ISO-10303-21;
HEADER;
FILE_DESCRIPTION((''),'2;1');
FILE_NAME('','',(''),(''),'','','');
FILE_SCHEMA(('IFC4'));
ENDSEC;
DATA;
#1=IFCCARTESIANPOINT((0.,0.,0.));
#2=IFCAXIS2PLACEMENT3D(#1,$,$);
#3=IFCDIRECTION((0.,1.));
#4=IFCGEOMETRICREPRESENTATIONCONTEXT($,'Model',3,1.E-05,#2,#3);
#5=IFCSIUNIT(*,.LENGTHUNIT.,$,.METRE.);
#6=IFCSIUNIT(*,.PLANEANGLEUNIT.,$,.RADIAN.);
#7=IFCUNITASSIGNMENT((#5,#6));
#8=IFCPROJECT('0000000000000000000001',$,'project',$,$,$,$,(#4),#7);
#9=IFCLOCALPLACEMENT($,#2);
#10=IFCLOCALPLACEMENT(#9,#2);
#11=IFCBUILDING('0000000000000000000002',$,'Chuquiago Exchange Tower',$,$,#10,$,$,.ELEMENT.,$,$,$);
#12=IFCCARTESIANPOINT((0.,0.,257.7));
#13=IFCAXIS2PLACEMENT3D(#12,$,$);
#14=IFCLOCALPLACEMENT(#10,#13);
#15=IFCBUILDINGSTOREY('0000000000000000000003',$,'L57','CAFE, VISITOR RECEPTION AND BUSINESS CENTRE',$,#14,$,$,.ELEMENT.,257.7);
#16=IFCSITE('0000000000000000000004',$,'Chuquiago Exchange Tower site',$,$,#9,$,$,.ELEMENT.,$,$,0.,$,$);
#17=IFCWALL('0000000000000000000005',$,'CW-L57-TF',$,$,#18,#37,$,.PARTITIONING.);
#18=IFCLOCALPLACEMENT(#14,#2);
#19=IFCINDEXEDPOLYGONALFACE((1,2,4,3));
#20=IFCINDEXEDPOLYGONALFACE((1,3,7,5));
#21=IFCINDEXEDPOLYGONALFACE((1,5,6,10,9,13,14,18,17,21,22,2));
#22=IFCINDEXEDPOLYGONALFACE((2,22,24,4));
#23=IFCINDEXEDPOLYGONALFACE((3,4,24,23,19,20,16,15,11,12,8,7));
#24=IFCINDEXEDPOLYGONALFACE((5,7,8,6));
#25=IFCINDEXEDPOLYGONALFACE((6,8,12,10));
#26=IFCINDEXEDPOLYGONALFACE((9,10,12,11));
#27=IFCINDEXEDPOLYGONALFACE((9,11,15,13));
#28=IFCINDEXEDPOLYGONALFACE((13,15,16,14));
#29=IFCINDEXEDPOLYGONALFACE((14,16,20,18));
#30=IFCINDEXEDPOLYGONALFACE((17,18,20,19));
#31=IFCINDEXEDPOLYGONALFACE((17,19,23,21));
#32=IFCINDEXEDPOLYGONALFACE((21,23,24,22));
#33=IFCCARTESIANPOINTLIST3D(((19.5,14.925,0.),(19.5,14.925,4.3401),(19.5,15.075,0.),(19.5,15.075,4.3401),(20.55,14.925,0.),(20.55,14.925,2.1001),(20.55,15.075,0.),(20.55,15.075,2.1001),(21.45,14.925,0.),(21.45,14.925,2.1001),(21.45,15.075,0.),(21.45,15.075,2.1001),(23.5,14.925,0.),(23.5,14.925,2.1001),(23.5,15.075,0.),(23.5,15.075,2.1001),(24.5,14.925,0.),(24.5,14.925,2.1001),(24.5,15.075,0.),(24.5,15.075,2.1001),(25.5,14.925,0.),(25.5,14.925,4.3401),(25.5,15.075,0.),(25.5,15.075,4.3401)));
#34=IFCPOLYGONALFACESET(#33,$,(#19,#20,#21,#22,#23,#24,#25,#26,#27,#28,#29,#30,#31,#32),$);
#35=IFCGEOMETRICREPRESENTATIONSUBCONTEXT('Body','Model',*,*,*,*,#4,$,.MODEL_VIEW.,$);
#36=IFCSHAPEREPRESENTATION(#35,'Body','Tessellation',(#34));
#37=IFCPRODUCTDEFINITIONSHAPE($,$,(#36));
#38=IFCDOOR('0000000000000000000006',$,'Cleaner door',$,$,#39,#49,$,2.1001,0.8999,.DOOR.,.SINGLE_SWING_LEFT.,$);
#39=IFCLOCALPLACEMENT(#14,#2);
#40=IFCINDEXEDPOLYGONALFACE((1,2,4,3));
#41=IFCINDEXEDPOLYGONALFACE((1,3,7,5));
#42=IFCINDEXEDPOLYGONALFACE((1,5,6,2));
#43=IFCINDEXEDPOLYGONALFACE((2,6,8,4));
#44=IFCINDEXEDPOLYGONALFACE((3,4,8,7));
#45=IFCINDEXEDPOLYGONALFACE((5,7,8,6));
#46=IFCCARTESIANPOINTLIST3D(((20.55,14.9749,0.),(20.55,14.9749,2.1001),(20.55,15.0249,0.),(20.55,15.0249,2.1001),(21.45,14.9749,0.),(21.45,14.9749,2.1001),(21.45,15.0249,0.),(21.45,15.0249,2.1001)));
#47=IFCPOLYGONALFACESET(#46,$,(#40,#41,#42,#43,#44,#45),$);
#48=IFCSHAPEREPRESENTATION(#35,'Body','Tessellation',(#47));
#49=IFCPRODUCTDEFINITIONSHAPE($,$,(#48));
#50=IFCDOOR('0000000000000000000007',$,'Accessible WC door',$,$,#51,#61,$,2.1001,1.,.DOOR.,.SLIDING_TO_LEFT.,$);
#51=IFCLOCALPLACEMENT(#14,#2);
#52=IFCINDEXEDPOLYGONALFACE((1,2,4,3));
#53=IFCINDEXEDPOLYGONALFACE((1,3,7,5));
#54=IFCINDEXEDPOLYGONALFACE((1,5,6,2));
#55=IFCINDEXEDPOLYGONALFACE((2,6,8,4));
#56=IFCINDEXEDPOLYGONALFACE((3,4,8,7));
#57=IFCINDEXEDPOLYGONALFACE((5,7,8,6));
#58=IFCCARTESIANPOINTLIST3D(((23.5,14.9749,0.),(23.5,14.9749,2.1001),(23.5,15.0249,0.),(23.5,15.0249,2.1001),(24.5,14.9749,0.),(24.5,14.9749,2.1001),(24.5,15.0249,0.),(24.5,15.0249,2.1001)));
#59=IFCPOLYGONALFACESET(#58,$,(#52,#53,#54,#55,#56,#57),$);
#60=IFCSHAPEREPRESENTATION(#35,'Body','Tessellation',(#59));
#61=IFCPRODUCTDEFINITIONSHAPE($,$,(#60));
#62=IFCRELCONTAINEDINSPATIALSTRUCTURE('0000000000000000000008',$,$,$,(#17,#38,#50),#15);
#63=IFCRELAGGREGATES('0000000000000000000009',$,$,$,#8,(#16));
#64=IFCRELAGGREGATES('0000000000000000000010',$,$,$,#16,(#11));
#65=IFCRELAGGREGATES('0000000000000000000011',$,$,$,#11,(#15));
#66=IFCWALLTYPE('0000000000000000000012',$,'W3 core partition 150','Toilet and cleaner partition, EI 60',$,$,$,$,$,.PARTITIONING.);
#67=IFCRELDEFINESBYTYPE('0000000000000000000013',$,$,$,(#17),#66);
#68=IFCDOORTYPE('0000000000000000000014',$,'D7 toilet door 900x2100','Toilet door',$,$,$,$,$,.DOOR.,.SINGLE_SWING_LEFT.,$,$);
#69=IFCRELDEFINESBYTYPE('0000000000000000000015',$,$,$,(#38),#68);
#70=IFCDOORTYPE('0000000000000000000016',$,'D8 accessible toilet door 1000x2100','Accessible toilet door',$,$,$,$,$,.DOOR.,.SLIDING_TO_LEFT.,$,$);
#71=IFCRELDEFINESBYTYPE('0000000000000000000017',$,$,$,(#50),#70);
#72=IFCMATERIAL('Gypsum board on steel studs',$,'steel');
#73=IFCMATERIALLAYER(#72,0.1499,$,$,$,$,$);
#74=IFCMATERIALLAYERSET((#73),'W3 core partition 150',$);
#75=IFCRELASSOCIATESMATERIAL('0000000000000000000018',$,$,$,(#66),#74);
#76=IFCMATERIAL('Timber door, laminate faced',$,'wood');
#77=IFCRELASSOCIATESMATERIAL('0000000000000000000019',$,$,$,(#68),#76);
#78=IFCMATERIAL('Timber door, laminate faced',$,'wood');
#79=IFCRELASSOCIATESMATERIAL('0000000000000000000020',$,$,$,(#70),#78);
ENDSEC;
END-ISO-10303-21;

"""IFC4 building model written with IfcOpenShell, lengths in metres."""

from ifc_helpers import new_model, si_unit, direction, frame, frame_2d, origin, place, context, subcontext, project, spatial, rectangle, extrude, material, layer, layer_set, type_object, element, fill, save


model = new_model("IFC4")

# Units and contexts
model_context = context("Model", 3, precision=1e-05, world=origin(), true_north=direction((0.0, 1.0)))
body_context = subcontext(model_context, "Body", "Model", "MODEL_VIEW")
ifc_project = project(units=[si_unit("LENGTHUNIT", "METRE"), si_unit("PLANEANGLEUNIT", "RADIAN")], contexts=[model_context])

# Site, building, storey
site_placement = place(None, origin())
site = spatial("IfcSite", under=ifc_project, at=site_placement, Name="Chuquiago Exchange Tower site", CompositionType="ELEMENT", RefElevation=0.0)
building_placement = place(site_placement, origin())
building = spatial("IfcBuilding", under=site, at=building_placement, Name="Chuquiago Exchange Tower", CompositionType="ELEMENT")
storey_placement = place(building_placement, frame((0.0, 0.0, 257.7)))
storey = spatial("IfcBuildingStorey", under=building, at=storey_placement, Name="L57", Description="CAFE, VISITOR RECEPTION AND BUSINESS CENTRE", CompositionType="ELEMENT", Elevation=257.7)

# Wall, openings, doors
ifc_material_1 = material(Name="Gypsum board on steel studs", Category="steel")
ifc_layer_1 = layer(ifc_material_1, 0.1499)
ifc_layer_set_1 = layer_set([ifc_layer_1], Name="W3 core partition 150")
wall_type_1 = type_object("IfcWallType", Name="W3 core partition 150", Description="Toilet and cleaner partition, EI 60", PredefinedType="PARTITIONING", material=ifc_layer_set_1)
wall_1_placement = place(storey_placement, frame((19.5, 15.0, 0.0), z_axis=(0.0, 0.0, 1.0), x_axis=(1.0, 0.0, 0.0)))
wall_1 = element("IfcWall", 1, at=wall_1_placement, inside=storey, type_object=wall_type_1, Name="CW-L57-TF", PredefinedType="PARTITIONING", context=body_context, shape_type="SweptSolid", body=[
    extrude(rectangle(XDim=6.0, YDim=0.1499, at=frame_2d((3.0, 0.0))), origin(), (0.0, 0.0, 1.0), 4.3401),
])
opening_1_placement = place(wall_1_placement, frame((4.0, 0.0, 0.0)))
opening_1 = element("IfcOpeningElement", 2, at=opening_1_placement, cuts=wall_1, PredefinedType="OPENING", context=body_context, shape_type="SweptSolid", body=[
    extrude(rectangle(XDim=1.0, YDim=2.1001, at=frame_2d((0.5, 1.05))), frame((0.0, 0.085, 0.0), z_axis=(0.0, -1.0, 0.0), x_axis=(1.0, 0.0, 0.0)), (0.0, 0.0, 1.0), 0.1699),
])
opening_2_placement = place(wall_1_placement, frame((1.05, 0.0, 0.0)))
opening_2 = element("IfcOpeningElement", 3, at=opening_2_placement, cuts=wall_1, PredefinedType="OPENING", context=body_context, shape_type="SweptSolid", body=[
    extrude(rectangle(XDim=0.8999, YDim=2.1001, at=frame_2d((0.45, 1.05))), frame((0.0, 0.085, 0.0), z_axis=(0.0, -1.0, 0.0), x_axis=(1.0, 0.0, 0.0)), (0.0, 0.0, 1.0), 0.1699),
])
ifc_material_2 = material(Name="Timber door, laminate faced", Category="wood")
door_type_1 = type_object("IfcDoorType", Name="D7 toilet door 900x2100", Description="Toilet door", OperationType="SINGLE_SWING_LEFT", PredefinedType="DOOR", material=ifc_material_2)
door_1_placement = place(opening_2_placement, origin())
door_1 = element("IfcDoor", 4, at=door_1_placement, inside=storey, type_object=door_type_1, Name="Cleaner door", OperationType="SINGLE_SWING_LEFT", OverallHeight=2.1001, OverallWidth=0.8999, PredefinedType="DOOR", context=body_context, shape_type="SweptSolid", body=[
    extrude(rectangle(XDim=0.8999, YDim=2.1001, at=frame_2d((0.45, 1.05))), frame((0.0, 0.0249, 0.0), z_axis=(0.0, -1.0, 0.0), x_axis=(1.0, 0.0, 0.0)), (0.0, 0.0, 1.0), 0.05),
])
fill(opening_2, door_1)
ifc_material_3 = material(Name="Timber door, laminate faced", Category="wood")
door_type_2 = type_object("IfcDoorType", Name="D8 accessible toilet door 1000x2100", Description="Accessible toilet door", OperationType="SLIDING_TO_LEFT", PredefinedType="DOOR", material=ifc_material_3)
door_2_placement = place(opening_1_placement, origin())
door_2 = element("IfcDoor", 5, at=door_2_placement, inside=storey, type_object=door_type_2, Name="Accessible WC door", OperationType="SLIDING_TO_LEFT", OverallHeight=2.1001, OverallWidth=1.0, PredefinedType="DOOR", context=body_context, shape_type="SweptSolid", body=[
    extrude(rectangle(XDim=1.0, YDim=2.1001, at=frame_2d((0.5, 1.05))), frame((0.0, 0.0249, 0.0), z_axis=(0.0, -1.0, 0.0), x_axis=(1.0, 0.0, 0.0)), (0.0, 0.0, 1.0), 0.05),
])
fill(opening_1, door_2)

save(model, "model.ifc")
